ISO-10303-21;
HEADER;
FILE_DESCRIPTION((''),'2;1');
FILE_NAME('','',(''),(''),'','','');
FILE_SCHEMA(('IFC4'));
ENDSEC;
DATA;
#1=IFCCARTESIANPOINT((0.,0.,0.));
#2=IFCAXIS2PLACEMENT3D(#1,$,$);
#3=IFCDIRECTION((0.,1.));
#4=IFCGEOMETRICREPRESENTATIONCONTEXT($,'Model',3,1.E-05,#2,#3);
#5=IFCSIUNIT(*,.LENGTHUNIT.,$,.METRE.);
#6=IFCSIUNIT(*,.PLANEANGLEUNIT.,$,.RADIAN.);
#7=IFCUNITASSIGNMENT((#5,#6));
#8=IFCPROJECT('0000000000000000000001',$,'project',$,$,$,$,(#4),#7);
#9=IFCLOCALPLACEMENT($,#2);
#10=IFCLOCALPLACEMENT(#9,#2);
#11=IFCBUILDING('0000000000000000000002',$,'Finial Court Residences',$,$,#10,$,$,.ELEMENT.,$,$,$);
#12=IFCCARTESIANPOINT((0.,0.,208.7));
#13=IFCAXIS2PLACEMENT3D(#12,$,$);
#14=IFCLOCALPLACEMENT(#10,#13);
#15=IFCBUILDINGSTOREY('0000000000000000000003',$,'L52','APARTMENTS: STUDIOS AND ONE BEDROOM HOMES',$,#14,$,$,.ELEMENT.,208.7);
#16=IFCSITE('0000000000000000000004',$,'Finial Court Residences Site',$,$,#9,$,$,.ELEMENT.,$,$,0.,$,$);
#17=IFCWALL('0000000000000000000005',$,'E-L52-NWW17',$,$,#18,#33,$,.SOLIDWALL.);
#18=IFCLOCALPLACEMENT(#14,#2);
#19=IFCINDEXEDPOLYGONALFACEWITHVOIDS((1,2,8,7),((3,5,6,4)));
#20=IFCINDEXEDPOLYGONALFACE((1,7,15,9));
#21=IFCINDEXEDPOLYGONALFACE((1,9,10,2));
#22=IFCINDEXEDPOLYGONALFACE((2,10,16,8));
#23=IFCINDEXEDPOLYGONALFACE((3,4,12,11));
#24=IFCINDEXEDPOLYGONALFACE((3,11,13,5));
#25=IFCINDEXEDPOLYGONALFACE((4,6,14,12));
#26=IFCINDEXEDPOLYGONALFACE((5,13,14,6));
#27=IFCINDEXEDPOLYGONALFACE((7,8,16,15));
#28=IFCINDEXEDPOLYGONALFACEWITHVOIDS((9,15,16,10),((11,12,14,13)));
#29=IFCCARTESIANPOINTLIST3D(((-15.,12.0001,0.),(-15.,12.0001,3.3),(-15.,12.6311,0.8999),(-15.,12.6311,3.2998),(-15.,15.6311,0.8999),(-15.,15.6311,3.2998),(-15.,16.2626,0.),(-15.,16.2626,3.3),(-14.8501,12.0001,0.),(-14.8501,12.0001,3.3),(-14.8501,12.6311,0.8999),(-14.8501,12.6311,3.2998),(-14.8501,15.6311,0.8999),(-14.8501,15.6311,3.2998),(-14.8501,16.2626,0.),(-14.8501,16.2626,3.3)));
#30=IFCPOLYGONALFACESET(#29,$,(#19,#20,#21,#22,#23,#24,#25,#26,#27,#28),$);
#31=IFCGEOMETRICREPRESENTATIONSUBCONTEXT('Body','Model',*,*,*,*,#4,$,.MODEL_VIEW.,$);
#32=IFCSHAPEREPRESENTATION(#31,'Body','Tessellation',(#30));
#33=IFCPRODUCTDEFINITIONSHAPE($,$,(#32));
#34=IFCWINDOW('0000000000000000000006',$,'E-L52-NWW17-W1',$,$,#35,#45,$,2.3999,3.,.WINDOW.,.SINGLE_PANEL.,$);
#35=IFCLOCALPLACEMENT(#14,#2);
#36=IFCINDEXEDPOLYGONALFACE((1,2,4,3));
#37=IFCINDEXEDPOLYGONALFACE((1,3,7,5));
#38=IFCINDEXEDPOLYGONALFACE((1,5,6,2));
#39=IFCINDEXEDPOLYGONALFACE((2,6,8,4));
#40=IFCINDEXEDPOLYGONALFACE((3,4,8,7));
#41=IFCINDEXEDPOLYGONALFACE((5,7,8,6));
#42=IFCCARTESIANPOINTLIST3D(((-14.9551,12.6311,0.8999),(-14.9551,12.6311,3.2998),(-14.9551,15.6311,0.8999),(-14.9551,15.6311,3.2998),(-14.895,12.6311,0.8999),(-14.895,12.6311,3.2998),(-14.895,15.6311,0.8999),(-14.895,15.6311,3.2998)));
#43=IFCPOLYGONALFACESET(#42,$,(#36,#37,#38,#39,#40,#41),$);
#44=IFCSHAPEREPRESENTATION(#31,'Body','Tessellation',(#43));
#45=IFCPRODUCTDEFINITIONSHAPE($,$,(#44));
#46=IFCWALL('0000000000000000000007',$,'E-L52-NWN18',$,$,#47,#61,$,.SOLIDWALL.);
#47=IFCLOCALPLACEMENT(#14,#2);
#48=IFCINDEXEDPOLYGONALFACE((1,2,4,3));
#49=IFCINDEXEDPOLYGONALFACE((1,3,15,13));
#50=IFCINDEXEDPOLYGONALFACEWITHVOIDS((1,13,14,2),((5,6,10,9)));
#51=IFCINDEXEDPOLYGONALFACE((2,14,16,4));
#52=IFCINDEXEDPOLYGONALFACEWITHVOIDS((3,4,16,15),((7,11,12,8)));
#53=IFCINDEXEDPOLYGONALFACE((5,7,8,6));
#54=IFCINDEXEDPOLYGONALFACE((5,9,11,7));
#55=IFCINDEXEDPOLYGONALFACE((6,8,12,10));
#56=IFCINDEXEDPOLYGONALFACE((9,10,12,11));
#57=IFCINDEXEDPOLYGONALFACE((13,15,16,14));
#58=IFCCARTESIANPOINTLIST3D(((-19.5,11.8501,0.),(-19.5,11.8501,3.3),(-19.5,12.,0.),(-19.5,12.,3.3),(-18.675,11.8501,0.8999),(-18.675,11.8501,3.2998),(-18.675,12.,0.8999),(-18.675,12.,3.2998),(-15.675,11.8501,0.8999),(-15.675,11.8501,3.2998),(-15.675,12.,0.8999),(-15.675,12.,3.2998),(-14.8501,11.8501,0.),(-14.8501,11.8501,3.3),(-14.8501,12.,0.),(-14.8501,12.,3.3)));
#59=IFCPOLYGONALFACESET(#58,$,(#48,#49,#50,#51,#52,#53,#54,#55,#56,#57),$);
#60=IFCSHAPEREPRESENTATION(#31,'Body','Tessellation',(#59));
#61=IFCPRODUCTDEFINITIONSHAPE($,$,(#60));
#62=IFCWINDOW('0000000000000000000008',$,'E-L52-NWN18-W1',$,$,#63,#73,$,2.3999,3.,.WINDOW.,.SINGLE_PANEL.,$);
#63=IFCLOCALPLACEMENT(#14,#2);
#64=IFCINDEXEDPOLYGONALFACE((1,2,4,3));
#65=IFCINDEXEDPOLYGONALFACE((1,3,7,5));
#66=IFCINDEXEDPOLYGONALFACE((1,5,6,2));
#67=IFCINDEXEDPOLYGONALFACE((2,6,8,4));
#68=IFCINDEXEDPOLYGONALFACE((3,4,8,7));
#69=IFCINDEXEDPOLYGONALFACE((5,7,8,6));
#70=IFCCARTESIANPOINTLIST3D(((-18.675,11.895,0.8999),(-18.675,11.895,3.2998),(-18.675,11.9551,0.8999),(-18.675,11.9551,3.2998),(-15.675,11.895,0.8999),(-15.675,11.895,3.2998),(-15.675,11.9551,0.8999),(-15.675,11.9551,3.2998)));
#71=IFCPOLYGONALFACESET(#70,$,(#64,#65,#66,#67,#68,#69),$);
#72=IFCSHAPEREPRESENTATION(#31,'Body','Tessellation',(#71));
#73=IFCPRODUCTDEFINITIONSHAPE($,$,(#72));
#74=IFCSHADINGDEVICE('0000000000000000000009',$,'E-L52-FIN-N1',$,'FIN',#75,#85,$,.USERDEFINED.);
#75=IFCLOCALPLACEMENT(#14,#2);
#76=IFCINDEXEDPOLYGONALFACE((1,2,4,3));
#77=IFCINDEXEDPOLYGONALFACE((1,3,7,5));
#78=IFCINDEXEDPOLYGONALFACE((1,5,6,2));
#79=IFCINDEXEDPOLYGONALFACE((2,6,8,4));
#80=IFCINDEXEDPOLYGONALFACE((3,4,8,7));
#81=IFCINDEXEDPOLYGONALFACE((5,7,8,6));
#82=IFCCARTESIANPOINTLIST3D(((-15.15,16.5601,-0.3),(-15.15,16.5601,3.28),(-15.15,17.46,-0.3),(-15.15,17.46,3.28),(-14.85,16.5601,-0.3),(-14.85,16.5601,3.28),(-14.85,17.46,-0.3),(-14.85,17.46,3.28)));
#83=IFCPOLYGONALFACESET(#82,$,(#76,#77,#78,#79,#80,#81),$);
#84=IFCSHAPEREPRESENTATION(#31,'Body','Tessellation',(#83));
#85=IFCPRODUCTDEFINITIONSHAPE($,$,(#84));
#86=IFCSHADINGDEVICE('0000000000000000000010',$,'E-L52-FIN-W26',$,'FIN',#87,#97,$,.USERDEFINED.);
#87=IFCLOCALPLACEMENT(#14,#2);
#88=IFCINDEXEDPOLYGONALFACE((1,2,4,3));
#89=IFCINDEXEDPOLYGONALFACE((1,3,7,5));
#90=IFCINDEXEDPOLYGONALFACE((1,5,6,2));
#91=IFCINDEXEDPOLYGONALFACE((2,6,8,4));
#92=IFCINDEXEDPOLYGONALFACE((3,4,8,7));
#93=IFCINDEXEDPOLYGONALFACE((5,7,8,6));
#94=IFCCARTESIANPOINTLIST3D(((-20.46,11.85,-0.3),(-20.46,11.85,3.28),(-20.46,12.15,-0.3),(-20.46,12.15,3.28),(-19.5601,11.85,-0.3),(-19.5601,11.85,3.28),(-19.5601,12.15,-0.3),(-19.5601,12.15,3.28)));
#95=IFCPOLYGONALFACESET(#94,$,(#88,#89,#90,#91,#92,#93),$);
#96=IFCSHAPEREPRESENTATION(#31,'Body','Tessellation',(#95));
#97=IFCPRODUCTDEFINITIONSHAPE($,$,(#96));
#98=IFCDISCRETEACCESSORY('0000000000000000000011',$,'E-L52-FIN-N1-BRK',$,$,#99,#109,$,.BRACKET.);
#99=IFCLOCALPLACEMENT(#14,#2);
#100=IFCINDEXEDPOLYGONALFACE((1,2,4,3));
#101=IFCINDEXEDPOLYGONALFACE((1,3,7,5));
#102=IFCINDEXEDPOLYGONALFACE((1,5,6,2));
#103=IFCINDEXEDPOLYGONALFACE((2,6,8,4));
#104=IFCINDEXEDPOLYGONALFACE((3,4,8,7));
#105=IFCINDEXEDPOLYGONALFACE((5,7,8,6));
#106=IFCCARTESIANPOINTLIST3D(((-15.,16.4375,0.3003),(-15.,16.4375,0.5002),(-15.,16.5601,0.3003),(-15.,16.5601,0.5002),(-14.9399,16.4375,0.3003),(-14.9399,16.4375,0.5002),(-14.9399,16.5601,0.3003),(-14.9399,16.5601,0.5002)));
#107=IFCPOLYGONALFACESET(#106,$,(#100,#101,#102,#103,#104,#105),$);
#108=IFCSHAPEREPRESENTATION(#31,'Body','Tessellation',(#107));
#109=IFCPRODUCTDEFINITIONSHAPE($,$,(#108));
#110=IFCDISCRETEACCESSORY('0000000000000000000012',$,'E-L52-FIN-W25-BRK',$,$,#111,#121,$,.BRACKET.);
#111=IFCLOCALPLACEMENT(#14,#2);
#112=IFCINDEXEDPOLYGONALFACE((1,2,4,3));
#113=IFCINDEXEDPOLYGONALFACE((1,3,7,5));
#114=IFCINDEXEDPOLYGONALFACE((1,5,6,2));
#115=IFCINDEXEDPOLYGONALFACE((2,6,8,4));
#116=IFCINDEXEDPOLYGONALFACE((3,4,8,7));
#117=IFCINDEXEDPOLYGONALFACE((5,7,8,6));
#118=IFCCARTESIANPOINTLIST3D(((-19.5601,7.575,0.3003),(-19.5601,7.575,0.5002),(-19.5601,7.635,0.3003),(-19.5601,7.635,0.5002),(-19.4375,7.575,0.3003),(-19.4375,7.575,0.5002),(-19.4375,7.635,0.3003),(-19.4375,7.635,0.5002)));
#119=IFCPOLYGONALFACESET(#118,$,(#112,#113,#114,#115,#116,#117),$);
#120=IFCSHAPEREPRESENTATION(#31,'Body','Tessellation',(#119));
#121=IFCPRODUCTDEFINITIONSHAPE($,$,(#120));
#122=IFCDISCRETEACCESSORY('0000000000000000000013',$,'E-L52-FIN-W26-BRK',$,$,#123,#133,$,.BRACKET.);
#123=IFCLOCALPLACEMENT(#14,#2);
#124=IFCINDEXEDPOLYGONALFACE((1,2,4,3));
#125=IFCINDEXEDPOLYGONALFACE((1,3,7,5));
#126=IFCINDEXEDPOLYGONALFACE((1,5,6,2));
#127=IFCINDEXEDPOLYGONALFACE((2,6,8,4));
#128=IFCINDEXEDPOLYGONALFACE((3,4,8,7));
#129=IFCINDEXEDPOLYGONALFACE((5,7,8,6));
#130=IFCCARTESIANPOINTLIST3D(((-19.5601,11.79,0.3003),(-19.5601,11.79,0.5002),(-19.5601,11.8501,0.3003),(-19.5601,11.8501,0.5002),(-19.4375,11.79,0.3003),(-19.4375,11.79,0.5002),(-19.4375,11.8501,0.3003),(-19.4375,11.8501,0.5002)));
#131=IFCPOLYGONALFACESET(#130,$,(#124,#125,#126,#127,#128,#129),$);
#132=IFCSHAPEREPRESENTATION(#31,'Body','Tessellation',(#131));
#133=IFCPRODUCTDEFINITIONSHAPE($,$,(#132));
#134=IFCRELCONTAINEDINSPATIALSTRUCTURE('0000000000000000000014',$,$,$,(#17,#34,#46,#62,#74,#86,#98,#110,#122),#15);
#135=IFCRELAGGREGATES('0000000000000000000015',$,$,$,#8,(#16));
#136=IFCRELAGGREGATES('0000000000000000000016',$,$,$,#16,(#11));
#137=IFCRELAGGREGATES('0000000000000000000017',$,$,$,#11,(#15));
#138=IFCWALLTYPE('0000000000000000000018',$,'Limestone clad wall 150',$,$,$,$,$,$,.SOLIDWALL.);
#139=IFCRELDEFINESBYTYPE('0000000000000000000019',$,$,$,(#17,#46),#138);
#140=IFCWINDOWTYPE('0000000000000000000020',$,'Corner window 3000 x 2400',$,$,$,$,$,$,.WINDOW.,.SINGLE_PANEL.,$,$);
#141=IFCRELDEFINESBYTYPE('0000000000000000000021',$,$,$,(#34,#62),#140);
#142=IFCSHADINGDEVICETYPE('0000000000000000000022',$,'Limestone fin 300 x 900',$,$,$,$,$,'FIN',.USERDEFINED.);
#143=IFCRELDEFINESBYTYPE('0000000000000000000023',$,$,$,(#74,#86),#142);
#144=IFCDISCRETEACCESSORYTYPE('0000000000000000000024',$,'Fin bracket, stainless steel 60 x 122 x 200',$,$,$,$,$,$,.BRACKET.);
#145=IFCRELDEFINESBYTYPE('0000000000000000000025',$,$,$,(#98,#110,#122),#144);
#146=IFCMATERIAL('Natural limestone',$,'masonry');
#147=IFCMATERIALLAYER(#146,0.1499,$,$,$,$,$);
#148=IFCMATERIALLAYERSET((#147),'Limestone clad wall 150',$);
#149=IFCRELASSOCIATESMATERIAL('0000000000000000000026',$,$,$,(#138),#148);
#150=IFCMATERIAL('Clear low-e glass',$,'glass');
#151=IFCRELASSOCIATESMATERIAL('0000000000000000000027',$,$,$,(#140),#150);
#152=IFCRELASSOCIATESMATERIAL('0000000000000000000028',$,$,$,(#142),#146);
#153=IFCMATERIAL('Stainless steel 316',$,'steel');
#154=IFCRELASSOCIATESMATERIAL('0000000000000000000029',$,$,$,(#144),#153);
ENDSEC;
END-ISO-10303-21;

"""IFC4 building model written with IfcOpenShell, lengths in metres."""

from ifc_helpers import new_model, si_unit, direction, frame, frame_2d, origin, origin_2d, place, context, subcontext, project, spatial, rectangle, extrude, material, layer, layer_set, type_object, element, fill, save


model = new_model("IFC4")

# Units and contexts
model_context = context("Model", 3, precision=1e-05, world=origin(), true_north=direction((0.0, 1.0)))
body_context = subcontext(model_context, "Body", "Model", "MODEL_VIEW")
ifc_project = project(units=[si_unit("LENGTHUNIT", "METRE"), si_unit("PLANEANGLEUNIT", "RADIAN")], contexts=[model_context])

# Site, building, storey
site_placement = place(None, origin())
site = spatial("IfcSite", under=ifc_project, at=site_placement, Name="Finial Court Residences Site", CompositionType="ELEMENT", RefElevation=0.0)
building_placement = place(site_placement, origin())
building = spatial("IfcBuilding", under=site, at=building_placement, Name="Finial Court Residences", CompositionType="ELEMENT")
storey_placement = place(building_placement, frame((0.0, 0.0, 208.7)))
storey = spatial("IfcBuildingStorey", under=building, at=storey_placement, Name="L52", Description="APARTMENTS: STUDIOS AND ONE BEDROOM HOMES", CompositionType="ELEMENT", Elevation=208.7)

# Shared definitions
ifc_material_1 = material(Name="Clear low-e glass", Category="glass")

# Walls, openings, windows
ifc_material_2 = material(Name="Natural limestone", Category="masonry")
ifc_layer_1 = layer(ifc_material_2, 0.1499)
ifc_layer_set_1 = layer_set([ifc_layer_1], Name="Limestone clad wall 150")
wall_type_1 = type_object("IfcWallType", Name="Limestone clad wall 150", PredefinedType="SOLIDWALL", material=ifc_layer_set_1)
wall_1_placement = place(storey_placement, frame((-14.925, 12.0, 0.0), z_axis=(0.0, 0.0, 1.0), x_axis=(0.0, 1.0, 0.0)))
wall_1 = element("IfcWall", 1, at=wall_1_placement, inside=storey, type_object=wall_type_1, Name="E-L52-NWW17", PredefinedType="SOLIDWALL", context=body_context, shape_type="SweptSolid", body=[
    extrude(rectangle(XDim=4.2625, YDim=0.1499, at=frame_2d((2.1313, 0.0))), origin(), (0.0, 0.0, 1.0), 3.3),
])
opening_1_placement = place(wall_1_placement, frame((0.6311, 0.0, 0.8999)))
opening_1 = element("IfcOpeningElement", 2, at=opening_1_placement, cuts=wall_1, PredefinedType="OPENING", context=body_context, shape_type="SweptSolid", body=[
    extrude(rectangle(XDim=3.0, YDim=2.3999, at=frame_2d((1.5, 1.2))), frame((0.0, 0.085, 0.0), z_axis=(0.0, -1.0, 0.0), x_axis=(1.0, 0.0, 0.0)), (0.0, 0.0, 1.0), 0.1699),
])
window_type = type_object("IfcWindowType", Name="Corner window 3000 x 2400", PartitioningType="SINGLE_PANEL", PredefinedType="WINDOW", material=ifc_material_1)
window_1_placement = place(opening_1_placement, origin())
window_1 = element("IfcWindow", 3, at=window_1_placement, inside=storey, type_object=window_type, Name="E-L52-NWW17-W1", OverallHeight=2.3999, OverallWidth=3.0, PartitioningType="SINGLE_PANEL", PredefinedType="WINDOW", context=body_context, shape_type="SweptSolid", body=[
    extrude(rectangle(XDim=3.0, YDim=2.3999, at=frame_2d((1.5, 1.2))), frame((0.0, 0.03, 0.0), z_axis=(0.0, -1.0, 0.0), x_axis=(1.0, 0.0, 0.0)), (0.0, 0.0, 1.0), 0.0601),
])
fill(opening_1, window_1)
wall_2_placement = place(storey_placement, frame((-19.5, 11.925, 0.0), z_axis=(0.0, 0.0, 1.0), x_axis=(1.0, 0.0, 0.0)))
wall_2 = element("IfcWall", 4, at=wall_2_placement, inside=storey, type_object=wall_type_1, Name="E-L52-NWN18", PredefinedType="SOLIDWALL", context=body_context, shape_type="SweptSolid", body=[
    extrude(rectangle(XDim=4.6499, YDim=0.1499, at=frame_2d((2.325, 0.0))), origin(), (0.0, 0.0, 1.0), 3.3),
])
opening_2_placement = place(wall_2_placement, frame((0.825, 0.0, 0.8999)))
opening_2 = element("IfcOpeningElement", 5, at=opening_2_placement, cuts=wall_2, PredefinedType="OPENING", context=body_context, shape_type="SweptSolid", body=[
    extrude(rectangle(XDim=3.0, YDim=2.3999, at=frame_2d((1.5, 1.2))), frame((0.0, 0.085, 0.0), z_axis=(0.0, -1.0, 0.0), x_axis=(1.0, 0.0, 0.0)), (0.0, 0.0, 1.0), 0.1699),
])
window_2_placement = place(opening_2_placement, origin())
window_2 = element("IfcWindow", 6, at=window_2_placement, inside=storey, type_object=window_type, Name="E-L52-NWN18-W1", OverallHeight=2.3999, OverallWidth=3.0, PartitioningType="SINGLE_PANEL", PredefinedType="WINDOW", context=body_context, shape_type="SweptSolid", body=[
    extrude(rectangle(XDim=3.0, YDim=2.3999, at=frame_2d((1.5, 1.2))), frame((0.0, 0.03, 0.0), z_axis=(0.0, -1.0, 0.0), x_axis=(1.0, 0.0, 0.0)), (0.0, 0.0, 1.0), 0.0601),
])
fill(opening_2, window_2)

# Shading devices
shading_device_type = type_object("IfcShadingDeviceType", Name="Limestone fin 300 x 900", ElementType="FIN", PredefinedType="USERDEFINED", material=ifc_material_2)
shading_device_1_placement = place(storey_placement, frame((-15.0, 17.01, -0.3), z_axis=(0.0, 0.0, 1.0), x_axis=(1.0, 0.0, 0.0)))
element("IfcShadingDevice", 7, at=shading_device_1_placement, inside=storey, type_object=shading_device_type, Name="E-L52-FIN-N1", ObjectType="FIN", PredefinedType="USERDEFINED", context=body_context, shape_type="SweptSolid", body=[
    extrude(rectangle(XDim=0.3, YDim=0.8999, at=origin_2d()), origin(), (0.0, 0.0, 1.0), 3.5801),
])
shading_device_2_placement = place(storey_placement, frame((-20.01, 12.0, -0.3), z_axis=(0.0, 0.0, 1.0), x_axis=(1.0, 0.0, 0.0)))
element("IfcShadingDevice", 8, at=shading_device_2_placement, inside=storey, type_object=shading_device_type, Name="E-L52-FIN-W26", ObjectType="FIN", PredefinedType="USERDEFINED", context=body_context, shape_type="SweptSolid", body=[
    extrude(rectangle(XDim=0.8999, YDim=0.3, at=origin_2d()), origin(), (0.0, 0.0, 1.0), 3.5801),
])

# Discrete accessories
ifc_material_3 = material(Name="Stainless steel 316", Category="steel")
discrete_accessory_type = type_object("IfcDiscreteAccessoryType", Name="Fin bracket, stainless steel 60 x 122 x 200", PredefinedType="BRACKET", material=ifc_material_3)
discrete_accessory_placement = place(storey_placement, frame((-14.97, 16.4988, 0.3003), z_axis=(0.0, 0.0, 1.0), x_axis=(1.0, 0.0, 0.0)))
element("IfcDiscreteAccessory", 9, at=discrete_accessory_placement, inside=storey, type_object=discrete_accessory_type, Name="E-L52-FIN-N1-BRK", PredefinedType="BRACKET", context=body_context, shape_type="SweptSolid", body=[
    extrude(rectangle(XDim=0.0601, YDim=0.1226, at=origin_2d()), origin(), (0.0, 0.0, 1.0), 0.2),
])
for number, where, z_axis, x_axis, name in (
    (10, (-19.4988, 7.605, 0.3003), (0.0, 0.0, 1.0), (1.0, 0.0, 0.0), "E-L52-FIN-W25-BRK"),
    (11, (-19.4988, 11.8201, 0.3003), (0.0, 0.0, 1.0), (1.0, 0.0, 0.0), "E-L52-FIN-W26-BRK"),
):
    element("IfcDiscreteAccessory", number, at=place(storey_placement, frame(where, z_axis=z_axis, x_axis=x_axis)), inside=storey, type_object=discrete_accessory_type, Name=name, PredefinedType="BRACKET", context=body_context, shape_type="SweptSolid", body=[
        extrude(rectangle(XDim=0.1226, YDim=0.0601, at=origin_2d()), origin(), (0.0, 0.0, 1.0), 0.2),
    ])

save(model, "model.ifc")
